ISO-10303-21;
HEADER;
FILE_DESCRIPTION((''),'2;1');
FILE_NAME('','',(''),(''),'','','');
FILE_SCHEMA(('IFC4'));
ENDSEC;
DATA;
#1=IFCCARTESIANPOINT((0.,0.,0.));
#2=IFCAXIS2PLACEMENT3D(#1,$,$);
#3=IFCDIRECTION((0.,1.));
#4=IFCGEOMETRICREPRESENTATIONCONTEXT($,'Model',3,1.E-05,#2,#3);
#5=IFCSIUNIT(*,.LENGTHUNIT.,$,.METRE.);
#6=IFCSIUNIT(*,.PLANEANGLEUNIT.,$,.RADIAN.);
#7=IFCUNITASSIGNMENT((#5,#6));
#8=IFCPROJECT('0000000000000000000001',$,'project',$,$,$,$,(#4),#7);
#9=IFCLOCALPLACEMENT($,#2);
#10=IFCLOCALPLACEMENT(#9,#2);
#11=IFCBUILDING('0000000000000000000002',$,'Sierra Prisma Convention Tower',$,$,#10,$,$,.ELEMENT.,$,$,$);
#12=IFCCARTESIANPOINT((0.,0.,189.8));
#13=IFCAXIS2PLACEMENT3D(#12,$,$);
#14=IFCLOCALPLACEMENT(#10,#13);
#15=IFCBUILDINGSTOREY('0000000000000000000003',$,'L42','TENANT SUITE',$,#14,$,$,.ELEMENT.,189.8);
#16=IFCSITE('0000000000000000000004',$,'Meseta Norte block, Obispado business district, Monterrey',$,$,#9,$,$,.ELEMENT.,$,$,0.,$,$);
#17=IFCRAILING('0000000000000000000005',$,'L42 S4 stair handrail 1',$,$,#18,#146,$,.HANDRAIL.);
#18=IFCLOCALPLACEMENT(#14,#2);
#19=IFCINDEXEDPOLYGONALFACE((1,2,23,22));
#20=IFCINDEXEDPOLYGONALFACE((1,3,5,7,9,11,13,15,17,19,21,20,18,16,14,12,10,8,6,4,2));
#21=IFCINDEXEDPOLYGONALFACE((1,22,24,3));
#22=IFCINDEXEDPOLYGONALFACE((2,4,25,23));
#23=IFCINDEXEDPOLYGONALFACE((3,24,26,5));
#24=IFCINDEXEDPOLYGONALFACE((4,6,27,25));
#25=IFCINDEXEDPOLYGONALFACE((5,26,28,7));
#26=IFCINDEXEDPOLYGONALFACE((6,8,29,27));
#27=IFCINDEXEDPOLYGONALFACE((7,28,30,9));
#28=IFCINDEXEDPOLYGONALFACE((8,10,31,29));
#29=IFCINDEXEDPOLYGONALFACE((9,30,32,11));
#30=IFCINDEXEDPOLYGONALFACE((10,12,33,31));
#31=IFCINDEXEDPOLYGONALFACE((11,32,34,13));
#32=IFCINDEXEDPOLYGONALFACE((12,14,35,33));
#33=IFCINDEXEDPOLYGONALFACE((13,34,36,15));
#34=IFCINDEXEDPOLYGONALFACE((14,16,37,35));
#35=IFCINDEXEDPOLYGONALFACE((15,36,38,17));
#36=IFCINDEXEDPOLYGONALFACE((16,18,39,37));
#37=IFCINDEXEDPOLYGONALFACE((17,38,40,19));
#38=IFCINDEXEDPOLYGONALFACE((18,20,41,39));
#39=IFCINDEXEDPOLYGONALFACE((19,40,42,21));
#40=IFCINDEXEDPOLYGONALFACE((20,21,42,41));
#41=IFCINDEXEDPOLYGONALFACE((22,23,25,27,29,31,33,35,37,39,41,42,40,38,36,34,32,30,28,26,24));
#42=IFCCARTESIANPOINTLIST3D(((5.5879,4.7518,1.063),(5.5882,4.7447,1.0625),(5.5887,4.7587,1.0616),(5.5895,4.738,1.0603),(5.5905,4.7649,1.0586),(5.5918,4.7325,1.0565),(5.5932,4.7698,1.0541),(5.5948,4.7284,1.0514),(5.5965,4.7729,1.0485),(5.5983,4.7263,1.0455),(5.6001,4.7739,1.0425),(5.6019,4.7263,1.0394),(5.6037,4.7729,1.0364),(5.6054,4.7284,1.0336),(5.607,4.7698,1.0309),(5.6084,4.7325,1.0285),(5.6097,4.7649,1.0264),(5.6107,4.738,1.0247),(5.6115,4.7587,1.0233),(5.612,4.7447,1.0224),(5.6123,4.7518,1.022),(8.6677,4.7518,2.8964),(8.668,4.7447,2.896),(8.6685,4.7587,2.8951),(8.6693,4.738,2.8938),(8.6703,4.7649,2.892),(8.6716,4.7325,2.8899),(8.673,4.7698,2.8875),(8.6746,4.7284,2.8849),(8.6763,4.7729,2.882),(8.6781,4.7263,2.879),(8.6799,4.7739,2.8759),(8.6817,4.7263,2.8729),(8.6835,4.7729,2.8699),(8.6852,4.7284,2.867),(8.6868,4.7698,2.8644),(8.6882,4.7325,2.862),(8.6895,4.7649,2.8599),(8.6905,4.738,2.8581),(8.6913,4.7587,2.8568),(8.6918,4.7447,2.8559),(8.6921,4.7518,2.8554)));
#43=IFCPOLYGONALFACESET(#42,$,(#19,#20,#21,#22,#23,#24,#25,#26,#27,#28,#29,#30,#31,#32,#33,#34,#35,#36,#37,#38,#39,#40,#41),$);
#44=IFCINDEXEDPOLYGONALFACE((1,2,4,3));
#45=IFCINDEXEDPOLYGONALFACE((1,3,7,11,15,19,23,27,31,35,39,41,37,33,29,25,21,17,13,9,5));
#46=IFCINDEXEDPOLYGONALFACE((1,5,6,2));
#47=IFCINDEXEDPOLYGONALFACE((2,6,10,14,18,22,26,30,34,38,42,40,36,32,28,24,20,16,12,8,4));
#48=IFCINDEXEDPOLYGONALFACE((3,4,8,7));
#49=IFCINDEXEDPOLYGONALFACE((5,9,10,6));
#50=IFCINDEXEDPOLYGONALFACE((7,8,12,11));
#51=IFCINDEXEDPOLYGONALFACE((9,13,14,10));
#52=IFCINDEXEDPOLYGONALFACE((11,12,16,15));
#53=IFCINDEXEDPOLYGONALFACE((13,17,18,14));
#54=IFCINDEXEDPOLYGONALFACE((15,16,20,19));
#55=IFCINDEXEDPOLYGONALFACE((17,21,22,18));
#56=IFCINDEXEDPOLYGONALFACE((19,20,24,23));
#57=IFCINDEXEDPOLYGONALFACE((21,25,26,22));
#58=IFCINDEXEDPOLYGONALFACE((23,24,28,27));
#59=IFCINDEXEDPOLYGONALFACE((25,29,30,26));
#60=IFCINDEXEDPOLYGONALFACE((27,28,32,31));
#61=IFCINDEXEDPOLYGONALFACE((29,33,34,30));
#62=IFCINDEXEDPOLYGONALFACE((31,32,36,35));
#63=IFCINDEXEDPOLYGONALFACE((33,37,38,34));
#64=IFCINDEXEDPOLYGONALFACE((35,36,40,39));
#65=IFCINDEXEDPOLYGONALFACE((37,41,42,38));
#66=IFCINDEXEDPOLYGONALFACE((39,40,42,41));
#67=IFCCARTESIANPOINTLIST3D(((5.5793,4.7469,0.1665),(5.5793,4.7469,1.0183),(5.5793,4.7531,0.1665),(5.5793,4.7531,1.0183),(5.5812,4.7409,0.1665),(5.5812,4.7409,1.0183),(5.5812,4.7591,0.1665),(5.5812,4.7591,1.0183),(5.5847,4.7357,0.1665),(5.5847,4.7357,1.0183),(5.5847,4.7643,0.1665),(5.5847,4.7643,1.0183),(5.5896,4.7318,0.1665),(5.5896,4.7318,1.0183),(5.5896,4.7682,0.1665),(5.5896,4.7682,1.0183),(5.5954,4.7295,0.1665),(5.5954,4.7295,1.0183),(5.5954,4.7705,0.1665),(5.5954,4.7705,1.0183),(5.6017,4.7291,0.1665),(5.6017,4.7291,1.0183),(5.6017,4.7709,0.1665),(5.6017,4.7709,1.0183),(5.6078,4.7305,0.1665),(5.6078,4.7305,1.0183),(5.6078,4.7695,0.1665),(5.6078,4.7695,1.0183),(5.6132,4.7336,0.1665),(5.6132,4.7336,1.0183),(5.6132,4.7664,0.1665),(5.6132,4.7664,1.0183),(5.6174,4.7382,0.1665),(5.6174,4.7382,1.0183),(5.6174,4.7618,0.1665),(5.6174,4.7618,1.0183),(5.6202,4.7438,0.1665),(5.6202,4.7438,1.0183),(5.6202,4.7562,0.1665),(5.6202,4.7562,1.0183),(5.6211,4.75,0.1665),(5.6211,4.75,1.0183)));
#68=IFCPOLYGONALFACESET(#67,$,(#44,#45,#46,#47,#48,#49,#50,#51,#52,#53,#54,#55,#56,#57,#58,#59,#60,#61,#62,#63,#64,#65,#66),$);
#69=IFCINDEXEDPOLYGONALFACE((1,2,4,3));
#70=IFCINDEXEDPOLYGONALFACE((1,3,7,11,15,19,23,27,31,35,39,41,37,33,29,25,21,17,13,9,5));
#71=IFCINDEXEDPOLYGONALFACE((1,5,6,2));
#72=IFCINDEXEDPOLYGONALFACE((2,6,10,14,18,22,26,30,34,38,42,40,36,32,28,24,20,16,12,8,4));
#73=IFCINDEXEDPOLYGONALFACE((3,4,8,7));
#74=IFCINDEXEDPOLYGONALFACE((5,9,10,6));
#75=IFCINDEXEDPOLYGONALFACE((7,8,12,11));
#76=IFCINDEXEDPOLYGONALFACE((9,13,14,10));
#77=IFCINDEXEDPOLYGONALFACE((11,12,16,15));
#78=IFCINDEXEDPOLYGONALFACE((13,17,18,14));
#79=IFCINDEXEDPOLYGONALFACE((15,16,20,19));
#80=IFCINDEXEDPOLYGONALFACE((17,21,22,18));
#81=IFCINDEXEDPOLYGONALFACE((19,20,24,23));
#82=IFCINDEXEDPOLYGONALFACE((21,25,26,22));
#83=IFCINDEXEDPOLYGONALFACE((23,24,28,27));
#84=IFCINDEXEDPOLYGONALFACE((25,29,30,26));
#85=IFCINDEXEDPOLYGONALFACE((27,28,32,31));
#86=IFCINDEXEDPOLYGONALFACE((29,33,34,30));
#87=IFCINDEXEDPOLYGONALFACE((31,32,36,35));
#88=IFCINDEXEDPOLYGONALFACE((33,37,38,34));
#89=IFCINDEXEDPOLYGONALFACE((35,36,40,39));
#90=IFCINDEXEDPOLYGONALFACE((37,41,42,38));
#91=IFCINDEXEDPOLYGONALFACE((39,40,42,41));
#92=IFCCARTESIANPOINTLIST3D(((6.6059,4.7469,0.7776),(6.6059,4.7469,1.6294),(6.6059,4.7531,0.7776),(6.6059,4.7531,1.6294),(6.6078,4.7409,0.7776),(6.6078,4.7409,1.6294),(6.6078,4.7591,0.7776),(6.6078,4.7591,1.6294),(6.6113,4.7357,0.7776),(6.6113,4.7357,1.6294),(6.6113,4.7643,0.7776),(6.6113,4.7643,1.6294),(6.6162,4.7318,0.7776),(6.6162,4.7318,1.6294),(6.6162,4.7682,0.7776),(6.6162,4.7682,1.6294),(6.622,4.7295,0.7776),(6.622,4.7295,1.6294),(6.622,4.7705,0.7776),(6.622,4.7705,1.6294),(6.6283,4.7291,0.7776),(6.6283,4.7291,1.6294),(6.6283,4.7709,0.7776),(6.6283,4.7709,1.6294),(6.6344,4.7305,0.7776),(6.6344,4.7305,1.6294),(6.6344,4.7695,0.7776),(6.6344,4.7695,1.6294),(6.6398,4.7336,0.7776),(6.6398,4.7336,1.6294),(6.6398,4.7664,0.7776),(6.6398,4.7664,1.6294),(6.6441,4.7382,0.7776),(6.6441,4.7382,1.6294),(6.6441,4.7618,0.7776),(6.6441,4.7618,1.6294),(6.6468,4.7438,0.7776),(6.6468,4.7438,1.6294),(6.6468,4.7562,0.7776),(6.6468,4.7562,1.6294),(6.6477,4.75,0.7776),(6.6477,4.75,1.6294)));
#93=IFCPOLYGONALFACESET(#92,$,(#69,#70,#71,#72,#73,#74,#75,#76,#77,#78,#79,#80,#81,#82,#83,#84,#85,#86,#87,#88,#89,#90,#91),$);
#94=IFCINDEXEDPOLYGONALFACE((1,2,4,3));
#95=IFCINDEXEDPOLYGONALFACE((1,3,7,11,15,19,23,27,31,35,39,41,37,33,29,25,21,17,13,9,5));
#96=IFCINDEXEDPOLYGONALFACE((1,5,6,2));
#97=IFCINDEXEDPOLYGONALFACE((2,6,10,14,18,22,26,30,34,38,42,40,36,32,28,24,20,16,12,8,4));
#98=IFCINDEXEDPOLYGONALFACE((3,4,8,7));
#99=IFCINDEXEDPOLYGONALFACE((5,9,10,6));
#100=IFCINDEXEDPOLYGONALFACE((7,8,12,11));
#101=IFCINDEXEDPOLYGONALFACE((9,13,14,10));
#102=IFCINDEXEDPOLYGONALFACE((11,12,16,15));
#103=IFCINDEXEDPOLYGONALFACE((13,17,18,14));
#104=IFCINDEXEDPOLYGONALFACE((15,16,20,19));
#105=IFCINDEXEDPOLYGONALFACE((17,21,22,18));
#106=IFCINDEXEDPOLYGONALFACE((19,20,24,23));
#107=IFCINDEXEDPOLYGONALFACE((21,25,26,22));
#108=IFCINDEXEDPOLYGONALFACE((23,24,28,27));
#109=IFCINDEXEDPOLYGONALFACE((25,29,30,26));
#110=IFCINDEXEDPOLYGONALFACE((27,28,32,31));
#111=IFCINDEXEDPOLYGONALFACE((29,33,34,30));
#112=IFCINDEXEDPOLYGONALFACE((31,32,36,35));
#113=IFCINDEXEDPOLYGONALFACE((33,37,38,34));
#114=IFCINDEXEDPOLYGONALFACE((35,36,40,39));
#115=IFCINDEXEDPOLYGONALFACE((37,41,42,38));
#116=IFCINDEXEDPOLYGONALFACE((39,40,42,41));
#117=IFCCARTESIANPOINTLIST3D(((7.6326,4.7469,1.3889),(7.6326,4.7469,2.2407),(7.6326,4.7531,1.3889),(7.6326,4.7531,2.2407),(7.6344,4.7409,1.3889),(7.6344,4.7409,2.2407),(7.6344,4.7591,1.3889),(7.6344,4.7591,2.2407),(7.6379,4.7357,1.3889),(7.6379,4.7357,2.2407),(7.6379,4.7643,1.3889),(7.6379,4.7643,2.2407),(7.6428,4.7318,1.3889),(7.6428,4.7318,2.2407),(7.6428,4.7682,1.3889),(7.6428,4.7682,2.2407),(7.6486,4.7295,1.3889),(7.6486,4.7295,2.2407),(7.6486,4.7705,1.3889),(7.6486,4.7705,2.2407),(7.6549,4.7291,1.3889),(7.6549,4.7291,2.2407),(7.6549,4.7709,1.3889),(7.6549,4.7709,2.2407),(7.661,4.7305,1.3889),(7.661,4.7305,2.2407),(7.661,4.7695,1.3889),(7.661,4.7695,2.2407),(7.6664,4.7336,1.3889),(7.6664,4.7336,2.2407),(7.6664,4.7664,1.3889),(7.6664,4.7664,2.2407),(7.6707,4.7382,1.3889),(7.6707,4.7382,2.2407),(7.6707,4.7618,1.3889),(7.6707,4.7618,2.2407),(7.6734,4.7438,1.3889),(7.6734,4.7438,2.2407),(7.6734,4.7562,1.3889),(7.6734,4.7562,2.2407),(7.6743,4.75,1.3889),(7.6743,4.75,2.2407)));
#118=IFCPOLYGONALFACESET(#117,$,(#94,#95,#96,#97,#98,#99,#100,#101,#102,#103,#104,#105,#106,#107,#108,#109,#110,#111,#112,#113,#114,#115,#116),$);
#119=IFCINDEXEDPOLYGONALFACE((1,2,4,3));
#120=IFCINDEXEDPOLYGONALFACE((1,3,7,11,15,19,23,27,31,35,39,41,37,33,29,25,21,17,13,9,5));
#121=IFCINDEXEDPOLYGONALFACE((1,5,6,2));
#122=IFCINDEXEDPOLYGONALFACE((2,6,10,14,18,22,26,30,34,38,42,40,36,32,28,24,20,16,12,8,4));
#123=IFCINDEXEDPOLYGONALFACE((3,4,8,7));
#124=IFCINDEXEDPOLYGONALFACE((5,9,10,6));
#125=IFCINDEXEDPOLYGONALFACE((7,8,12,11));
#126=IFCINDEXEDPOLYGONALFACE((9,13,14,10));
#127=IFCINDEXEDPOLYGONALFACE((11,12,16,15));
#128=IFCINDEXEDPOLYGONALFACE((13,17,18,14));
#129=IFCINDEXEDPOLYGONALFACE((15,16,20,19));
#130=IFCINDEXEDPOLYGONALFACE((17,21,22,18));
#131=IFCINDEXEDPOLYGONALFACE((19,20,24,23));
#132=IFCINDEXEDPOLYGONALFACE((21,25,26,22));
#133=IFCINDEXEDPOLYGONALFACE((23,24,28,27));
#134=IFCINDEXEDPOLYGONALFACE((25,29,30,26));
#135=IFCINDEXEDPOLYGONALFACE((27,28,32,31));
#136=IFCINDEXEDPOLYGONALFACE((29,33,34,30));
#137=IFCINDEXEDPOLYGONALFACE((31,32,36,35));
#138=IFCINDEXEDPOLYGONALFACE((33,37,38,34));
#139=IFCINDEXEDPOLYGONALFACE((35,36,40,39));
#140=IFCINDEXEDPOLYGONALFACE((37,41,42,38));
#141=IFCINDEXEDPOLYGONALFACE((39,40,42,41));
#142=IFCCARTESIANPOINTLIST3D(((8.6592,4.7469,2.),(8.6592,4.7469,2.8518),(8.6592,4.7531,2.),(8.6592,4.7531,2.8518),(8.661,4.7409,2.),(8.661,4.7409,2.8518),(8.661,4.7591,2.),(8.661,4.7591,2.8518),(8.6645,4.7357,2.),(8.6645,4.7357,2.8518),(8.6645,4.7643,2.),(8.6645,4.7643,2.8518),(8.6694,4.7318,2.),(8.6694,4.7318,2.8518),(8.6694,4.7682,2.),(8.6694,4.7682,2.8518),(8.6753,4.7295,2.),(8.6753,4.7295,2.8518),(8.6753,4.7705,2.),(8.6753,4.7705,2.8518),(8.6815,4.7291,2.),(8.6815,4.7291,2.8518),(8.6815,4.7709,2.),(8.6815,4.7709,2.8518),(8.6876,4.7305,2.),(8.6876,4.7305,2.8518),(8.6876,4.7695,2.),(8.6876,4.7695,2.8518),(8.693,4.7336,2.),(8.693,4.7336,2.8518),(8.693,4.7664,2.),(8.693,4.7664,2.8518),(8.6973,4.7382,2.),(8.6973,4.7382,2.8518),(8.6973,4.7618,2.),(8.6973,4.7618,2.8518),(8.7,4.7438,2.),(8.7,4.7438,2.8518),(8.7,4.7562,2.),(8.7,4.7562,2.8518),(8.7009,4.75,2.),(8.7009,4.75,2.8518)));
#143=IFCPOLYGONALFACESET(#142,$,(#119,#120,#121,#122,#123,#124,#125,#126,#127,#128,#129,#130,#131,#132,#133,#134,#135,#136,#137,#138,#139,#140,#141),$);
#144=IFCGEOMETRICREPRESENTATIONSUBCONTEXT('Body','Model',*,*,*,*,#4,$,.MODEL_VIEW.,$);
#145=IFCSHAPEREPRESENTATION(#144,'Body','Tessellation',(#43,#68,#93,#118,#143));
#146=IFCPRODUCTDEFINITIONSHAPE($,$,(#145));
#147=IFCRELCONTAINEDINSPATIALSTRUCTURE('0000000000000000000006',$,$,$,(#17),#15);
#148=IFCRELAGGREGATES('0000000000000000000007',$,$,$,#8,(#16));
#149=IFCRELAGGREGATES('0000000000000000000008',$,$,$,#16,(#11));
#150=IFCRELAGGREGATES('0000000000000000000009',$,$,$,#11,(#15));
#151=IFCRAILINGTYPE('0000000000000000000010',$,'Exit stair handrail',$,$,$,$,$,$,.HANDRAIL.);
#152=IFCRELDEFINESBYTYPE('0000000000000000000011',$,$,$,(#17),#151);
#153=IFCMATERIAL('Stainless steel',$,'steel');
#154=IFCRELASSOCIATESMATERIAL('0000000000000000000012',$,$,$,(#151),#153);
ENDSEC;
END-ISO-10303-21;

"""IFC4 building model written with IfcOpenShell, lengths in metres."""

from ifc_helpers import new_model, si_unit, direction, frame, origin, origin_2d, place, context, subcontext, project, spatial, circle, extrude, material, type_object, element, save


model = new_model("IFC4")

# Units and contexts
model_context = context("Model", 3, precision=1e-05, world=origin(), true_north=direction((0.0, 1.0)))
body_context = subcontext(model_context, "Body", "Model", "MODEL_VIEW")
ifc_project = project(units=[si_unit("LENGTHUNIT", "METRE"), si_unit("PLANEANGLEUNIT", "RADIAN")], contexts=[model_context])

# Site, building, storey
site_placement = place(None, origin())
site = spatial("IfcSite", under=ifc_project, at=site_placement, Name="Meseta Norte block, Obispado business district, Monterrey", CompositionType="ELEMENT", RefElevation=0.0)
building_placement = place(site_placement, origin())
building = spatial("IfcBuilding", under=site, at=building_placement, Name="Sierra Prisma Convention Tower", CompositionType="ELEMENT")
storey_placement = place(building_placement, frame((0.0, 0.0, 189.8)))
storey = spatial("IfcBuildingStorey", under=building, at=storey_placement, Name="L42", Description="TENANT SUITE", CompositionType="ELEMENT", Elevation=189.8)

# Railing
ifc_material_1 = material(Name="Stainless steel", Category="steel")
railing_type_1 = type_object("IfcRailingType", Name="Exit stair handrail", PredefinedType="HANDRAIL", material=ifc_material_1)
railing_1_placement = place(storey_placement, frame((5.6001, 4.75, 0.1665)))
element("IfcRailing", 1, at=railing_1_placement, inside=storey, type_object=railing_type_1, Name="L42 S4 stair handrail 1", PredefinedType="HANDRAIL", context=body_context, shape_type="SweptSolid", body=[
    extrude(circle(Radius=0.0239, at=origin_2d()), frame((0.0, 0.0, 0.876), z_axis=(0.859261, 0.0, 0.511538), x_axis=(0.0, 1.0, 0.0)), (0.0, 0.0, 1.0), 3.5842),
    extrude(circle(Radius=0.021, at=origin_2d()), origin(), (0.0, 0.0, 1.0), 0.8518),
    extrude(circle(Radius=0.021, at=origin_2d()), frame((1.0266, 0.0, 0.6111)), (0.0, 0.0, 1.0), 0.8518),
    extrude(circle(Radius=0.021, at=origin_2d()), frame((2.0532, 0.0, 1.2224)), (0.0, 0.0, 1.0), 0.8518),
    extrude(circle(Radius=0.021, at=origin_2d()), frame((3.0798, 0.0, 1.8335)), (0.0, 0.0, 1.0), 0.8518),
])

save(model, "model.ifc")
